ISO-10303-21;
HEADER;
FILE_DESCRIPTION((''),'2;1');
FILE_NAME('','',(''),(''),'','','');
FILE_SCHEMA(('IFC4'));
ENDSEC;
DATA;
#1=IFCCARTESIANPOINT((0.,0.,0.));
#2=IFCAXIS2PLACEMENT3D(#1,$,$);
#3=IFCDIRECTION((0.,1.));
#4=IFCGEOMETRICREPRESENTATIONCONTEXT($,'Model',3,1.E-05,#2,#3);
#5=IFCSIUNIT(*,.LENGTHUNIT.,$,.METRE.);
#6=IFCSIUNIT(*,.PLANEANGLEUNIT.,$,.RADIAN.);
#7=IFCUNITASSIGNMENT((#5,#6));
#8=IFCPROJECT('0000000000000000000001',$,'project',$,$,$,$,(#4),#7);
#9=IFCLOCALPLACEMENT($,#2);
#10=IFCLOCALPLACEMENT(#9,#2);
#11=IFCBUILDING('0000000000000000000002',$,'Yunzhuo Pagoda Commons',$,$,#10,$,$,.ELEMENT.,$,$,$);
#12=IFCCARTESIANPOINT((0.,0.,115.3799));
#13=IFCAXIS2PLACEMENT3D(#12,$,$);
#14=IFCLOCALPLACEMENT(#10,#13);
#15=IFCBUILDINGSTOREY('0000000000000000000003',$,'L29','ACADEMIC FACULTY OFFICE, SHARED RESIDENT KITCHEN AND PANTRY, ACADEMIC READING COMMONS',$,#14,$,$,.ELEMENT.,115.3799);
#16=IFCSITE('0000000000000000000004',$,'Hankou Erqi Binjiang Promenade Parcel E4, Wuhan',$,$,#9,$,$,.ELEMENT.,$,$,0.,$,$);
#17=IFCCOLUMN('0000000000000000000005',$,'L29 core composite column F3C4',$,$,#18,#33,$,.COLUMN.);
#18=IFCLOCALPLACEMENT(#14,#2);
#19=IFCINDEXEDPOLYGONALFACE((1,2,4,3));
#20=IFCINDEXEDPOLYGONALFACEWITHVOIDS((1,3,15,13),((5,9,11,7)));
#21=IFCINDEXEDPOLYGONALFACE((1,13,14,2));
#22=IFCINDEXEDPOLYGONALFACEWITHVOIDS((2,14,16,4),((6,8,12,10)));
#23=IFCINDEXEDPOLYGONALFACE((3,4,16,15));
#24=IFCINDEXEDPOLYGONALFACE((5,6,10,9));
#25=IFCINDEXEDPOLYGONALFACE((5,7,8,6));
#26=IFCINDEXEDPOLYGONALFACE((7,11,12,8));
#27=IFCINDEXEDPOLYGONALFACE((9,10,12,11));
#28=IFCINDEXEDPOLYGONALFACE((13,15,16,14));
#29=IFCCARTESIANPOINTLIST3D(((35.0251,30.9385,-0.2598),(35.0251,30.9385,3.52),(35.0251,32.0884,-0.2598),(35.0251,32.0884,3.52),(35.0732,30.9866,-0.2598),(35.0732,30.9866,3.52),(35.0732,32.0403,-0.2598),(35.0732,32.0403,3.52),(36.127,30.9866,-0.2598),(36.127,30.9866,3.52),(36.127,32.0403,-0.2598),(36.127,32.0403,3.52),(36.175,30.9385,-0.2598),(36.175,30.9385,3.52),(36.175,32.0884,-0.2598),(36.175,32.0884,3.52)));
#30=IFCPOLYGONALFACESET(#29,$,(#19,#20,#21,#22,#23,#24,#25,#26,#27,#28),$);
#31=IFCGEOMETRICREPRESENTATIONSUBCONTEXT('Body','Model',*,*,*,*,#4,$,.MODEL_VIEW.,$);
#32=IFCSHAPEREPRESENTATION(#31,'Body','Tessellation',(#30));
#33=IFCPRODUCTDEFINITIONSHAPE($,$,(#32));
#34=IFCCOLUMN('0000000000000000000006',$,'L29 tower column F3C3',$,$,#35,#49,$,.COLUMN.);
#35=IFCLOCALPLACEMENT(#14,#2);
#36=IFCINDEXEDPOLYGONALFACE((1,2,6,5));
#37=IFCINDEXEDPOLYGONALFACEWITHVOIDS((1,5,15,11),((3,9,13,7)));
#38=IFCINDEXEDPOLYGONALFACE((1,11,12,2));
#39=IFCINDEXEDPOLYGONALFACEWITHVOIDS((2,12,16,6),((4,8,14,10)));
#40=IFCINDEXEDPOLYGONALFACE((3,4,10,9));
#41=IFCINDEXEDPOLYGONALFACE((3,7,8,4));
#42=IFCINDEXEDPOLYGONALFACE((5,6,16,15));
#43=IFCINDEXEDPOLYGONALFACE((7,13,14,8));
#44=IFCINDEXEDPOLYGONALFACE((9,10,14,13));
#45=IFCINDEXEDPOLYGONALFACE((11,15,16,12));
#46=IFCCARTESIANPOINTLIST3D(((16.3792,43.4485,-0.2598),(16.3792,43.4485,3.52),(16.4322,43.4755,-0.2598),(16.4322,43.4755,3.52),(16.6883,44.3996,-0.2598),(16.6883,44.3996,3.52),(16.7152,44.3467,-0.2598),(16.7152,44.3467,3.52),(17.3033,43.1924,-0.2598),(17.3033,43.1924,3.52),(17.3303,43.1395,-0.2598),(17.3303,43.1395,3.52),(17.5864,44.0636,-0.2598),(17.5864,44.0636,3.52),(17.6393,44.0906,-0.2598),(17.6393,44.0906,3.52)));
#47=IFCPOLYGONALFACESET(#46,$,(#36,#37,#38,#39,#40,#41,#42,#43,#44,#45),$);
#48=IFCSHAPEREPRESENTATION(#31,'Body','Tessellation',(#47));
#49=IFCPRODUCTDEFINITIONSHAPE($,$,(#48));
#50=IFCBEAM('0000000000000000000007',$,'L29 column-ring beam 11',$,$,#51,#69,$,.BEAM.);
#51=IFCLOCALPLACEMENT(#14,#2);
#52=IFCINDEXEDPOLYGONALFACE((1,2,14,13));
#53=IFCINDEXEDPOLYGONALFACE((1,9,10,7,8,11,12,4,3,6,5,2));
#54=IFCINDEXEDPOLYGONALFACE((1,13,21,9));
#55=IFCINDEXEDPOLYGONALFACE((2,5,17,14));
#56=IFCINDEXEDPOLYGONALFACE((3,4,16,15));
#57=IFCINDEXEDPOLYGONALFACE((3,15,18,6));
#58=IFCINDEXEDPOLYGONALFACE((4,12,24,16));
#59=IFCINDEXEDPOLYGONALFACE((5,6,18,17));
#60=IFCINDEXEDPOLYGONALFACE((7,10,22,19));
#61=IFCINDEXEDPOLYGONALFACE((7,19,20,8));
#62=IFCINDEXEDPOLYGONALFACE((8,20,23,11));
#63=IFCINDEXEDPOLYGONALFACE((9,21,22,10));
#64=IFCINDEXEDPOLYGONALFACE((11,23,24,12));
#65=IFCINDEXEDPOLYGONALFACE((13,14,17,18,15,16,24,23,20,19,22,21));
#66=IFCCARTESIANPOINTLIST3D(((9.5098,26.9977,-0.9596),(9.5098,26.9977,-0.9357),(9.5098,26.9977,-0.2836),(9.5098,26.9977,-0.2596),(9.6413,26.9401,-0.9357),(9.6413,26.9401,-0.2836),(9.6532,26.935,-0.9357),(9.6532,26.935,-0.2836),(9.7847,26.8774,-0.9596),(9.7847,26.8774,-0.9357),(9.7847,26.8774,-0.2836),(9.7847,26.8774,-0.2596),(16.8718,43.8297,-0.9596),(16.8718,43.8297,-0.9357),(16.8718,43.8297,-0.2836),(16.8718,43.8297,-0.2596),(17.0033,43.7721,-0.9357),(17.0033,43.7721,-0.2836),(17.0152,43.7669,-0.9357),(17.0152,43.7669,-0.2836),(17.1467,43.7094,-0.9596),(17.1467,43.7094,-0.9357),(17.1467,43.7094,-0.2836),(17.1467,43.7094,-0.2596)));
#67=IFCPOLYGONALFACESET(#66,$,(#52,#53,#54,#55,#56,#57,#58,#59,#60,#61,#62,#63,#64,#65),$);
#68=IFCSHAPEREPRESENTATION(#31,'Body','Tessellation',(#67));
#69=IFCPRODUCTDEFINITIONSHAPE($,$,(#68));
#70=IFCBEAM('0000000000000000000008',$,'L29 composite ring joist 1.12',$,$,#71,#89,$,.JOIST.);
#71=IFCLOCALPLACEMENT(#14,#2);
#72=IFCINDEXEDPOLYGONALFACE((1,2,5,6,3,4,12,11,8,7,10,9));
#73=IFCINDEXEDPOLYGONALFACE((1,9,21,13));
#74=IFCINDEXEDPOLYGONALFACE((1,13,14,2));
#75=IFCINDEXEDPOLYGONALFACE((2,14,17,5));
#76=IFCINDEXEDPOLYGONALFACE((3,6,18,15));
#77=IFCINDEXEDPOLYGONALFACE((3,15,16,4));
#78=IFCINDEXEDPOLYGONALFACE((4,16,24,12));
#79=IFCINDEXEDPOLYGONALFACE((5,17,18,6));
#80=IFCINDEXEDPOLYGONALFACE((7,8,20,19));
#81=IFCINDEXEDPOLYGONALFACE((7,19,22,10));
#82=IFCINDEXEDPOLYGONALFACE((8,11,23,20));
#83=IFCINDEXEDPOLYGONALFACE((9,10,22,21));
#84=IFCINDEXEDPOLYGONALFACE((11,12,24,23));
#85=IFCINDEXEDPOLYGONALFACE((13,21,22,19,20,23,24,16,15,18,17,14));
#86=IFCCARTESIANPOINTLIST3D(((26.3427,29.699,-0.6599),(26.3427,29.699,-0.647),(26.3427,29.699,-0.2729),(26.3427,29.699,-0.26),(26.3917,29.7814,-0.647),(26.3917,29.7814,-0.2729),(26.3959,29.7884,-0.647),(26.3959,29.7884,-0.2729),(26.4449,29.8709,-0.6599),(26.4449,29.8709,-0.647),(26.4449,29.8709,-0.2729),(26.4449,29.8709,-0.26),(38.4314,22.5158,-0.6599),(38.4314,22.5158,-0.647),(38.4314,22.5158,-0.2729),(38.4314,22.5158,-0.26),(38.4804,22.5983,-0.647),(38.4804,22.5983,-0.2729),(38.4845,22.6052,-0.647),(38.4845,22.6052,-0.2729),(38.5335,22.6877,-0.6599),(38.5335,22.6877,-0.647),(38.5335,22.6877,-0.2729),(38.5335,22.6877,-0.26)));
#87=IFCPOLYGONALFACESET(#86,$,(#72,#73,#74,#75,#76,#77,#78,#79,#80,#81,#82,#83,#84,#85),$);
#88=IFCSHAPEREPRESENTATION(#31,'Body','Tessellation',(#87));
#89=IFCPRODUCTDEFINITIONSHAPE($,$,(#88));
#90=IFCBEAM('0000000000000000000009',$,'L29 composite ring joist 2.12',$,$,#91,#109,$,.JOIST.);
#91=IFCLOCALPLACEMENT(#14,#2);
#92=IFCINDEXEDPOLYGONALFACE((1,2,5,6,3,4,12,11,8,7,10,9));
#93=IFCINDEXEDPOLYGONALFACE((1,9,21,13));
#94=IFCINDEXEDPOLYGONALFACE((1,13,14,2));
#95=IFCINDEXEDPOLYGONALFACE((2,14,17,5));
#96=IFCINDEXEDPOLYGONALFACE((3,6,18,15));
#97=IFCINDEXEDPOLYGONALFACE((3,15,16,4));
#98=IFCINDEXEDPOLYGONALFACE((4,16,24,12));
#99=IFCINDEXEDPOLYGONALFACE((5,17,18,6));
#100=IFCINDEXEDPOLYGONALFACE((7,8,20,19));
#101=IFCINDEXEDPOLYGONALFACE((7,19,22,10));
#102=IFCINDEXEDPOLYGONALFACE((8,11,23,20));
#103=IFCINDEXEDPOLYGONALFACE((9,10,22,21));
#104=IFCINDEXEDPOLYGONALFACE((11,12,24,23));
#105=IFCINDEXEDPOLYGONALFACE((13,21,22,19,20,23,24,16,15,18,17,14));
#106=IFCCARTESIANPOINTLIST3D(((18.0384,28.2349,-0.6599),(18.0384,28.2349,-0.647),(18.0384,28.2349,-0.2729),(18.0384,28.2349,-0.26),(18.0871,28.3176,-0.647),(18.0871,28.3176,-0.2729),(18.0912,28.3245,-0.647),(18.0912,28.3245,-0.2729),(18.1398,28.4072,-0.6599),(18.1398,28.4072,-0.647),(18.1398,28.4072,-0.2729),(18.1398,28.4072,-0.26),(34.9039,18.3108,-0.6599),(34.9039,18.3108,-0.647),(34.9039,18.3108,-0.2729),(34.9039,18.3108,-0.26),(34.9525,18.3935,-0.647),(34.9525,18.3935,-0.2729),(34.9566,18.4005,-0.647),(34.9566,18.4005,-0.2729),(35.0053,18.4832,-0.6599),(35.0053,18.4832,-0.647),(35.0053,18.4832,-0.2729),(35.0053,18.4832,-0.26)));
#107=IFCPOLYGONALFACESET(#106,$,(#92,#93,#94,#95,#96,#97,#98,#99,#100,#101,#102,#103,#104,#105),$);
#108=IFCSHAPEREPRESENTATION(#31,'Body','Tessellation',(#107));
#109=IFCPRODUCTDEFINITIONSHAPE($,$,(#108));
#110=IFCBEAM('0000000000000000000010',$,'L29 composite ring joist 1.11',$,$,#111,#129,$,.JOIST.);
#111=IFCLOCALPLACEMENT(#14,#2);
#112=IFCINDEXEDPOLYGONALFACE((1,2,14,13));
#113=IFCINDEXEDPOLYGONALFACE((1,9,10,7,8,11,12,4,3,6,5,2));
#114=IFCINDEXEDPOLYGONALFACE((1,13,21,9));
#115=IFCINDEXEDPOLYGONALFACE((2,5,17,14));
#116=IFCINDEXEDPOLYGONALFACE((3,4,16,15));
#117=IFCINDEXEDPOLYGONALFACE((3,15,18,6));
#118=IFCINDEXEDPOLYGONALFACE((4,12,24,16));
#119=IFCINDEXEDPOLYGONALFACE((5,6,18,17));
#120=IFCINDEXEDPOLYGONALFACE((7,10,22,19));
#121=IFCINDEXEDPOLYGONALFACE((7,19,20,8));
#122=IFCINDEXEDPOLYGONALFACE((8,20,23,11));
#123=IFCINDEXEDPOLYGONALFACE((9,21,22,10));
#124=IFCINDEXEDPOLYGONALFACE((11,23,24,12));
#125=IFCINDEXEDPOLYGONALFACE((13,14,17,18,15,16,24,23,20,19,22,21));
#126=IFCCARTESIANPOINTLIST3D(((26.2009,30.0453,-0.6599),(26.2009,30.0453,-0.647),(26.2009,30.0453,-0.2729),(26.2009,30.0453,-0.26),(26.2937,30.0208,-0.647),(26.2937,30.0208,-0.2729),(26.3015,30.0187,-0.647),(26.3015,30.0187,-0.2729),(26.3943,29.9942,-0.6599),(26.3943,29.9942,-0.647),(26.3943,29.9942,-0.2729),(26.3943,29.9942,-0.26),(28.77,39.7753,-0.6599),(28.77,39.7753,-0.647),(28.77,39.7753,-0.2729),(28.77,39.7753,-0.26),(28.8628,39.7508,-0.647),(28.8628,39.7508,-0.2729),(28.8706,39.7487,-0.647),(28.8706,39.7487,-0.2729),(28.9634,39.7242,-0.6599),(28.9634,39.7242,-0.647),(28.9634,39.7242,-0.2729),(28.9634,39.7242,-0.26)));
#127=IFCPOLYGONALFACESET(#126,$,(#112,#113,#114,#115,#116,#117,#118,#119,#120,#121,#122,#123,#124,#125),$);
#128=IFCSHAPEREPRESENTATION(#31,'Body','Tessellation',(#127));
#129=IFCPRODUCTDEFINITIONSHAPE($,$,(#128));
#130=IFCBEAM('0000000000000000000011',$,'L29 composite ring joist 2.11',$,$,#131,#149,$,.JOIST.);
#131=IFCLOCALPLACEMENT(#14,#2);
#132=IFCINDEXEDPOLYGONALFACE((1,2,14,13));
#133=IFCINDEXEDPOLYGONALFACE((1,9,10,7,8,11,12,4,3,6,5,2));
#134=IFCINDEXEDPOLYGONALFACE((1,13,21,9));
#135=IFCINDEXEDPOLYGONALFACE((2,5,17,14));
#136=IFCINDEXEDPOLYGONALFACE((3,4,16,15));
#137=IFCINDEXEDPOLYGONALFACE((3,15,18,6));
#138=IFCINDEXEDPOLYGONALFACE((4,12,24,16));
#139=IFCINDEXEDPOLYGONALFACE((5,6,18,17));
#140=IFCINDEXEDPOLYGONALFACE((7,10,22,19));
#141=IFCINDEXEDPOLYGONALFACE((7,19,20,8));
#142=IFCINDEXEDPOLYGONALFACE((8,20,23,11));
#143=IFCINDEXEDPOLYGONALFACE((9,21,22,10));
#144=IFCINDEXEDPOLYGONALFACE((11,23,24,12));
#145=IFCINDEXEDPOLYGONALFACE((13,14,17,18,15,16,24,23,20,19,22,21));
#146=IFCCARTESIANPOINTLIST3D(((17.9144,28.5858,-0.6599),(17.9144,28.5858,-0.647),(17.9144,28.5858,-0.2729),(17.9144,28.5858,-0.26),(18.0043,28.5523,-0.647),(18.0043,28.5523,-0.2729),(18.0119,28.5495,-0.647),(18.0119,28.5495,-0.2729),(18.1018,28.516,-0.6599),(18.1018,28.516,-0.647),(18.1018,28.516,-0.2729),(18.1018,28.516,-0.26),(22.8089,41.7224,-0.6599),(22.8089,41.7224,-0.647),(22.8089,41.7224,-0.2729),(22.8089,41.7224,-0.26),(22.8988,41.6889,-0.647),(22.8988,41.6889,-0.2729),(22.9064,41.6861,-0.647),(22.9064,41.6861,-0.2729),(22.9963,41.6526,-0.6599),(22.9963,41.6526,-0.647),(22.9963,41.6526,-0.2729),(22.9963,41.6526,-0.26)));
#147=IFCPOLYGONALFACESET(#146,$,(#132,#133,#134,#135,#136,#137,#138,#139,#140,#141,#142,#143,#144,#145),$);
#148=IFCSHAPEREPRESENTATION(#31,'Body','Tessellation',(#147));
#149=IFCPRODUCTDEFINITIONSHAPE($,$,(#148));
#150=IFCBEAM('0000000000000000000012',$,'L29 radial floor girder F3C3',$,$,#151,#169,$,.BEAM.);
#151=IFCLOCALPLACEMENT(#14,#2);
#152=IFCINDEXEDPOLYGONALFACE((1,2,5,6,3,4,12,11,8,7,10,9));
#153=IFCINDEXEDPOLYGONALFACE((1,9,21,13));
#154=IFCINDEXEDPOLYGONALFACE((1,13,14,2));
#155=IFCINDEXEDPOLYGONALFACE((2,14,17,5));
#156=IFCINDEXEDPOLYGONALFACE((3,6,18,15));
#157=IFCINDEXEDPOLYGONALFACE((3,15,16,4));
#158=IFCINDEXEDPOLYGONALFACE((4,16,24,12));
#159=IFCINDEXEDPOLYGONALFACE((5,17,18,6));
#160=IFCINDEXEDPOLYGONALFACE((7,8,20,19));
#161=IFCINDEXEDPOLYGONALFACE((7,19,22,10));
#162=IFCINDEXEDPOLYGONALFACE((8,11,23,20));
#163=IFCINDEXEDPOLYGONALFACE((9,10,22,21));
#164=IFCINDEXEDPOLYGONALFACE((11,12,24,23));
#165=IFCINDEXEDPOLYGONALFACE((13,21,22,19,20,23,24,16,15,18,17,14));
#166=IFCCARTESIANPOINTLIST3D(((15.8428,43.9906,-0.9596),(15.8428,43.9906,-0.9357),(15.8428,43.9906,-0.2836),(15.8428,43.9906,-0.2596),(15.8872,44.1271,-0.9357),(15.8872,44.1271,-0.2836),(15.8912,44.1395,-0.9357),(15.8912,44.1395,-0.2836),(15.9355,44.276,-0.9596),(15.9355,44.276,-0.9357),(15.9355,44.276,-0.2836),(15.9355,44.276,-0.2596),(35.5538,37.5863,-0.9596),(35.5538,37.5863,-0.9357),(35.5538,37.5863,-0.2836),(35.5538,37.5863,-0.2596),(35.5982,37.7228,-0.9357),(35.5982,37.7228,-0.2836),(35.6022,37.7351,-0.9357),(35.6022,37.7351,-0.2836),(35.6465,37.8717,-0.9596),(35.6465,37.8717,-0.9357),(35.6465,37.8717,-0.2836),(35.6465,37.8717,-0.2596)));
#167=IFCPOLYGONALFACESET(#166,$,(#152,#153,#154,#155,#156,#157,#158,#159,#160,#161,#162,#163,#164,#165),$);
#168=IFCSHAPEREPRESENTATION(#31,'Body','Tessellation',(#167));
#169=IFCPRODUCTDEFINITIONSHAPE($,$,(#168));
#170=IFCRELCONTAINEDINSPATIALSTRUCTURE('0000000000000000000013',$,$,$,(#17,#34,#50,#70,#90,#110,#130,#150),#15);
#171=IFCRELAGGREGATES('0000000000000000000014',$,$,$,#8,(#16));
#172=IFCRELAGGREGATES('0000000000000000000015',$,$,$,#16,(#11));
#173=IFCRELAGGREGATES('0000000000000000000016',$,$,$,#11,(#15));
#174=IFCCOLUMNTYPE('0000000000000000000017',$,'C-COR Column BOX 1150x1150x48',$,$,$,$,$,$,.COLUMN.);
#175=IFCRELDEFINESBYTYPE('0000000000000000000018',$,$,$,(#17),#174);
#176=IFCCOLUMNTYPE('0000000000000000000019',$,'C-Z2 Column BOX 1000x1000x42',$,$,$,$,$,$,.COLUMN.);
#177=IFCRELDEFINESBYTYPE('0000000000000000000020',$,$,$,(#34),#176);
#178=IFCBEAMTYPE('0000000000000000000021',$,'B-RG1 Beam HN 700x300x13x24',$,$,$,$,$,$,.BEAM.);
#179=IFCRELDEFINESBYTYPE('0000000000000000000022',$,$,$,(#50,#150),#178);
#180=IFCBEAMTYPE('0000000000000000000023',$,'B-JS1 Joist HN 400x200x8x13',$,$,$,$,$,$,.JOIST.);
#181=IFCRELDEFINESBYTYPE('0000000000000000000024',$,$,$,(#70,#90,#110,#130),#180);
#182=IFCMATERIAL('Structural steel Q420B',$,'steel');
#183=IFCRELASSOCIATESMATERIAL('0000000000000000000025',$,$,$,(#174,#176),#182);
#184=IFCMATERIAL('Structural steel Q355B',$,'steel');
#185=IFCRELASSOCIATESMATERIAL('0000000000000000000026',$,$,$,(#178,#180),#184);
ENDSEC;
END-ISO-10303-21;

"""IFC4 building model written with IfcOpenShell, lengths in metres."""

from ifc_helpers import new_model, si_unit, direction, frame, origin, origin_2d, place, context, subcontext, project, spatial, hollow_rectangle, i_section, extrude, source, transform, mapped, material, material_profile, profile_set, type_object, element, save


model = new_model("IFC4")

# Units and contexts
model_context = context("Model", 3, precision=1e-05, world=origin(), true_north=direction((0.0, 1.0)))
body_context = subcontext(model_context, "Body", "Model", "MODEL_VIEW")
ifc_project = project(units=[si_unit("LENGTHUNIT", "METRE"), si_unit("PLANEANGLEUNIT", "RADIAN")], contexts=[model_context])

# Site, building, storey
site_placement = place(None, origin())
site = spatial("IfcSite", under=ifc_project, at=site_placement, Name="Hankou Erqi Binjiang Promenade Parcel E4, Wuhan", CompositionType="ELEMENT", RefElevation=0.0)
building_placement = place(site_placement, origin())
building = spatial("IfcBuilding", under=site, at=building_placement, Name="Yunzhuo Pagoda Commons", CompositionType="ELEMENT")
storey_placement = place(building_placement, frame((0.0, 0.0, 115.3799)))
storey = spatial("IfcBuildingStorey", under=building, at=storey_placement, Name="L29", Description="ACADEMIC FACULTY OFFICE, SHARED RESIDENT KITCHEN AND PANTRY, ACADEMIC READING COMMONS", CompositionType="ELEMENT", Elevation=115.3799)

# Columns
ifc_material_1 = material(Name="Structural steel Q420B", Category="steel")
ifc_material_profile_1 = material_profile(ifc_material_1, hollow_rectangle(XDim=1.1499, YDim=1.1499, WallThickness=0.0481, at=origin_2d()), Name="Structural steel Q420B")
ifc_profile_set_1 = profile_set([ifc_material_profile_1], Name="Structural steel Q420B")
column_type_1 = type_object("IfcColumnType", Name="C-COR Column BOX 1150x1150x48", PredefinedType="COLUMN", material=ifc_profile_set_1)
shared_shape_1 = source(origin(), body_context, "Body", "SweptSolid", [
    extrude(hollow_rectangle(XDim=1.1499, YDim=1.1499, WallThickness=0.0481, at=origin_2d()), origin(), (0.0, 0.0, 1.0), 3.7798),
])
column_1_placement = place(storey_placement, frame((35.6001, 31.5134, -0.2598), z_axis=(0.0, 0.0, 1.0), x_axis=(1.0, 0.0, 0.0)))
element("IfcColumn", 1, at=column_1_placement, inside=storey, type_object=column_type_1, Name="L29 core composite column F3C4", PredefinedType="COLUMN", context=body_context, shape_type="MappedRepresentation", body=[
    mapped(shared_shape_1, transform((0.0, 0.0, 0.0), scale=1.0)),
])
ifc_material_profile_2 = material_profile(ifc_material_1, hollow_rectangle(XDim=1.0, YDim=1.0, WallThickness=0.042, at=origin_2d()), Name="Structural steel Q420B")
ifc_profile_set_2 = profile_set([ifc_material_profile_2], Name="Structural steel Q420B")
column_type_2 = type_object("IfcColumnType", Name="C-Z2 Column BOX 1000x1000x42", PredefinedType="COLUMN", material=ifc_profile_set_2)
shared_shape_2 = source(origin(), body_context, "Body", "SweptSolid", [
    extrude(hollow_rectangle(XDim=1.0, YDim=1.0, WallThickness=0.042, at=origin_2d()), origin(), (0.0, 0.0, 1.0), 3.7798),
])
column_2_placement = place(storey_placement, frame((17.0093, 43.7695, -0.2598), z_axis=(0.0, 0.0, 1.0), x_axis=(-0.309017, -0.951057, 0.0)))
element("IfcColumn", 2, at=column_2_placement, inside=storey, type_object=column_type_2, Name="L29 tower column F3C3", PredefinedType="COLUMN", context=body_context, shape_type="MappedRepresentation", body=[
    mapped(shared_shape_2, transform((0.0, 0.0, 0.0), scale=1.0)),
])

# Beams
ifc_material_2 = material(Name="Structural steel Q355B", Category="steel")
ifc_material_profile_3 = material_profile(ifc_material_2, i_section(OverallWidth=0.3, OverallDepth=0.7, WebThickness=0.0129, FlangeThickness=0.0239, at=origin_2d()), Name="Structural steel Q355B")
ifc_profile_set_3 = profile_set([ifc_material_profile_3], Name="Structural steel Q355B")
beam_type_1 = type_object("IfcBeamType", Name="B-RG1 Beam HN 700x300x13x24", PredefinedType="BEAM", material=ifc_profile_set_3)
shared_shape_3 = source(origin(), body_context, "Body", "SweptSolid", [
    extrude(i_section(OverallWidth=0.3, OverallDepth=0.7, WebThickness=0.0129, FlangeThickness=0.0239, at=origin_2d()), origin(), (0.0, 0.0, 1.0), 18.3716),
])
beam_1_placement = place(storey_placement, frame((17.0093, 43.7695, -0.6096), z_axis=(-0.40073, -0.916196, 0.0), x_axis=(0.916196, -0.40073, 0.0)))
element("IfcBeam", 3, at=beam_1_placement, inside=storey, type_object=beam_type_1, Name="L29 column-ring beam 11", PredefinedType="BEAM", context=body_context, shape_type="MappedRepresentation", body=[
    mapped(shared_shape_3, transform((0.0, 0.0, 0.0), scale=1.0)),
])
ifc_material_profile_4 = material_profile(ifc_material_2, i_section(OverallWidth=0.2, OverallDepth=0.3999, WebThickness=0.0081, FlangeThickness=0.0129, at=origin_2d()), Name="Structural steel Q355B")
ifc_profile_set_4 = profile_set([ifc_material_profile_4], Name="Structural steel Q355B")
beam_type_2 = type_object("IfcBeamType", Name="B-JS1 Joist HN 400x200x8x13", PredefinedType="JOIST", material=ifc_profile_set_4)
shared_shape_4 = source(origin(), body_context, "Body", "SweptSolid", [
    extrude(i_section(OverallWidth=0.2, OverallDepth=0.3999, WebThickness=0.0081, FlangeThickness=0.0129, at=origin_2d()), origin(), (0.0, 0.0, 1.0), 14.0618),
])
beam_2_placement = place(storey_placement, frame((26.3938, 29.7849, -0.46), z_axis=(0.859683, -0.510827, 0.0), x_axis=(0.510827, 0.859683, 0.0)))
element("IfcBeam", 4, at=beam_2_placement, inside=storey, type_object=beam_type_2, Name="L29 composite ring joist 1.12", PredefinedType="JOIST", context=body_context, shape_type="MappedRepresentation", body=[
    mapped(shared_shape_4, transform((0.0, 0.0, 0.0), scale=1.0)),
])
shared_shape_5 = source(origin(), body_context, "Body", "SweptSolid", [
    extrude(i_section(OverallWidth=0.2, OverallDepth=0.3999, WebThickness=0.0081, FlangeThickness=0.0129, at=origin_2d()), origin(), (0.0, 0.0, 1.0), 19.5686),
])
beam_3_placement = place(storey_placement, frame((18.0891, 28.321, -0.46), z_axis=(0.861863, -0.507142, 0.0), x_axis=(0.507142, 0.861863, 0.0)))
element("IfcBeam", 5, at=beam_3_placement, inside=storey, type_object=beam_type_2, Name="L29 composite ring joist 2.12", PredefinedType="JOIST", context=body_context, shape_type="MappedRepresentation", body=[
    mapped(shared_shape_5, transform((0.0, 0.0, 0.0), scale=1.0)),
])
shared_shape_6 = source(origin(), body_context, "Body", "SweptSolid", [
    extrude(i_section(OverallWidth=0.2, OverallDepth=0.3999, WebThickness=0.0081, FlangeThickness=0.0129, at=origin_2d()), origin(), (0.0, 0.0, 1.0), 10.0635),
])
beam_4_placement = place(storey_placement, frame((28.8667, 39.7498, -0.46), z_axis=(-0.25529, -0.966865, 0.0), x_axis=(0.966865, -0.25529, 0.0)))
element("IfcBeam", 6, at=beam_4_placement, inside=storey, type_object=beam_type_2, Name="L29 composite ring joist 1.11", PredefinedType="JOIST", context=body_context, shape_type="MappedRepresentation", body=[
    mapped(shared_shape_6, transform((0.0, 0.0, 0.0), scale=1.0)),
])
shared_shape_7 = source(origin(), body_context, "Body", "SweptSolid", [
    extrude(i_section(OverallWidth=0.2, OverallDepth=0.3999, WebThickness=0.0081, FlangeThickness=0.0129, at=origin_2d()), origin(), (0.0, 0.0, 1.0), 14.0188),
])
beam_5_placement = place(storey_placement, frame((22.9026, 41.6875, -0.46), z_axis=(-0.349138, -0.937071, 0.0), x_axis=(0.937071, -0.349138, 0.0)))
element("IfcBeam", 7, at=beam_5_placement, inside=storey, type_object=beam_type_2, Name="L29 composite ring joist 2.11", PredefinedType="JOIST", context=body_context, shape_type="MappedRepresentation", body=[
    mapped(shared_shape_7, transform((0.0, 0.0, 0.0), scale=1.0)),
])
shared_shape_8 = source(origin(), body_context, "Body", "SweptSolid", [
    extrude(i_section(OverallWidth=0.3, OverallDepth=0.7, WebThickness=0.0129, FlangeThickness=0.0239, at=origin_2d()), origin(), (0.0, 0.0, 1.0), 20.7253),
])
beam_6_placement = place(storey_placement, frame((15.8892, 44.1333, -0.6096), z_axis=(0.951059, -0.309009, 0.0), x_axis=(0.309009, 0.951059, 0.0)))
element("IfcBeam", 8, at=beam_6_placement, inside=storey, type_object=beam_type_1, Name="L29 radial floor girder F3C3", PredefinedType="BEAM", context=body_context, shape_type="MappedRepresentation", body=[
    mapped(shared_shape_8, transform((0.0, 0.0, 0.0), scale=1.0)),
])

save(model, "model.ifc")
